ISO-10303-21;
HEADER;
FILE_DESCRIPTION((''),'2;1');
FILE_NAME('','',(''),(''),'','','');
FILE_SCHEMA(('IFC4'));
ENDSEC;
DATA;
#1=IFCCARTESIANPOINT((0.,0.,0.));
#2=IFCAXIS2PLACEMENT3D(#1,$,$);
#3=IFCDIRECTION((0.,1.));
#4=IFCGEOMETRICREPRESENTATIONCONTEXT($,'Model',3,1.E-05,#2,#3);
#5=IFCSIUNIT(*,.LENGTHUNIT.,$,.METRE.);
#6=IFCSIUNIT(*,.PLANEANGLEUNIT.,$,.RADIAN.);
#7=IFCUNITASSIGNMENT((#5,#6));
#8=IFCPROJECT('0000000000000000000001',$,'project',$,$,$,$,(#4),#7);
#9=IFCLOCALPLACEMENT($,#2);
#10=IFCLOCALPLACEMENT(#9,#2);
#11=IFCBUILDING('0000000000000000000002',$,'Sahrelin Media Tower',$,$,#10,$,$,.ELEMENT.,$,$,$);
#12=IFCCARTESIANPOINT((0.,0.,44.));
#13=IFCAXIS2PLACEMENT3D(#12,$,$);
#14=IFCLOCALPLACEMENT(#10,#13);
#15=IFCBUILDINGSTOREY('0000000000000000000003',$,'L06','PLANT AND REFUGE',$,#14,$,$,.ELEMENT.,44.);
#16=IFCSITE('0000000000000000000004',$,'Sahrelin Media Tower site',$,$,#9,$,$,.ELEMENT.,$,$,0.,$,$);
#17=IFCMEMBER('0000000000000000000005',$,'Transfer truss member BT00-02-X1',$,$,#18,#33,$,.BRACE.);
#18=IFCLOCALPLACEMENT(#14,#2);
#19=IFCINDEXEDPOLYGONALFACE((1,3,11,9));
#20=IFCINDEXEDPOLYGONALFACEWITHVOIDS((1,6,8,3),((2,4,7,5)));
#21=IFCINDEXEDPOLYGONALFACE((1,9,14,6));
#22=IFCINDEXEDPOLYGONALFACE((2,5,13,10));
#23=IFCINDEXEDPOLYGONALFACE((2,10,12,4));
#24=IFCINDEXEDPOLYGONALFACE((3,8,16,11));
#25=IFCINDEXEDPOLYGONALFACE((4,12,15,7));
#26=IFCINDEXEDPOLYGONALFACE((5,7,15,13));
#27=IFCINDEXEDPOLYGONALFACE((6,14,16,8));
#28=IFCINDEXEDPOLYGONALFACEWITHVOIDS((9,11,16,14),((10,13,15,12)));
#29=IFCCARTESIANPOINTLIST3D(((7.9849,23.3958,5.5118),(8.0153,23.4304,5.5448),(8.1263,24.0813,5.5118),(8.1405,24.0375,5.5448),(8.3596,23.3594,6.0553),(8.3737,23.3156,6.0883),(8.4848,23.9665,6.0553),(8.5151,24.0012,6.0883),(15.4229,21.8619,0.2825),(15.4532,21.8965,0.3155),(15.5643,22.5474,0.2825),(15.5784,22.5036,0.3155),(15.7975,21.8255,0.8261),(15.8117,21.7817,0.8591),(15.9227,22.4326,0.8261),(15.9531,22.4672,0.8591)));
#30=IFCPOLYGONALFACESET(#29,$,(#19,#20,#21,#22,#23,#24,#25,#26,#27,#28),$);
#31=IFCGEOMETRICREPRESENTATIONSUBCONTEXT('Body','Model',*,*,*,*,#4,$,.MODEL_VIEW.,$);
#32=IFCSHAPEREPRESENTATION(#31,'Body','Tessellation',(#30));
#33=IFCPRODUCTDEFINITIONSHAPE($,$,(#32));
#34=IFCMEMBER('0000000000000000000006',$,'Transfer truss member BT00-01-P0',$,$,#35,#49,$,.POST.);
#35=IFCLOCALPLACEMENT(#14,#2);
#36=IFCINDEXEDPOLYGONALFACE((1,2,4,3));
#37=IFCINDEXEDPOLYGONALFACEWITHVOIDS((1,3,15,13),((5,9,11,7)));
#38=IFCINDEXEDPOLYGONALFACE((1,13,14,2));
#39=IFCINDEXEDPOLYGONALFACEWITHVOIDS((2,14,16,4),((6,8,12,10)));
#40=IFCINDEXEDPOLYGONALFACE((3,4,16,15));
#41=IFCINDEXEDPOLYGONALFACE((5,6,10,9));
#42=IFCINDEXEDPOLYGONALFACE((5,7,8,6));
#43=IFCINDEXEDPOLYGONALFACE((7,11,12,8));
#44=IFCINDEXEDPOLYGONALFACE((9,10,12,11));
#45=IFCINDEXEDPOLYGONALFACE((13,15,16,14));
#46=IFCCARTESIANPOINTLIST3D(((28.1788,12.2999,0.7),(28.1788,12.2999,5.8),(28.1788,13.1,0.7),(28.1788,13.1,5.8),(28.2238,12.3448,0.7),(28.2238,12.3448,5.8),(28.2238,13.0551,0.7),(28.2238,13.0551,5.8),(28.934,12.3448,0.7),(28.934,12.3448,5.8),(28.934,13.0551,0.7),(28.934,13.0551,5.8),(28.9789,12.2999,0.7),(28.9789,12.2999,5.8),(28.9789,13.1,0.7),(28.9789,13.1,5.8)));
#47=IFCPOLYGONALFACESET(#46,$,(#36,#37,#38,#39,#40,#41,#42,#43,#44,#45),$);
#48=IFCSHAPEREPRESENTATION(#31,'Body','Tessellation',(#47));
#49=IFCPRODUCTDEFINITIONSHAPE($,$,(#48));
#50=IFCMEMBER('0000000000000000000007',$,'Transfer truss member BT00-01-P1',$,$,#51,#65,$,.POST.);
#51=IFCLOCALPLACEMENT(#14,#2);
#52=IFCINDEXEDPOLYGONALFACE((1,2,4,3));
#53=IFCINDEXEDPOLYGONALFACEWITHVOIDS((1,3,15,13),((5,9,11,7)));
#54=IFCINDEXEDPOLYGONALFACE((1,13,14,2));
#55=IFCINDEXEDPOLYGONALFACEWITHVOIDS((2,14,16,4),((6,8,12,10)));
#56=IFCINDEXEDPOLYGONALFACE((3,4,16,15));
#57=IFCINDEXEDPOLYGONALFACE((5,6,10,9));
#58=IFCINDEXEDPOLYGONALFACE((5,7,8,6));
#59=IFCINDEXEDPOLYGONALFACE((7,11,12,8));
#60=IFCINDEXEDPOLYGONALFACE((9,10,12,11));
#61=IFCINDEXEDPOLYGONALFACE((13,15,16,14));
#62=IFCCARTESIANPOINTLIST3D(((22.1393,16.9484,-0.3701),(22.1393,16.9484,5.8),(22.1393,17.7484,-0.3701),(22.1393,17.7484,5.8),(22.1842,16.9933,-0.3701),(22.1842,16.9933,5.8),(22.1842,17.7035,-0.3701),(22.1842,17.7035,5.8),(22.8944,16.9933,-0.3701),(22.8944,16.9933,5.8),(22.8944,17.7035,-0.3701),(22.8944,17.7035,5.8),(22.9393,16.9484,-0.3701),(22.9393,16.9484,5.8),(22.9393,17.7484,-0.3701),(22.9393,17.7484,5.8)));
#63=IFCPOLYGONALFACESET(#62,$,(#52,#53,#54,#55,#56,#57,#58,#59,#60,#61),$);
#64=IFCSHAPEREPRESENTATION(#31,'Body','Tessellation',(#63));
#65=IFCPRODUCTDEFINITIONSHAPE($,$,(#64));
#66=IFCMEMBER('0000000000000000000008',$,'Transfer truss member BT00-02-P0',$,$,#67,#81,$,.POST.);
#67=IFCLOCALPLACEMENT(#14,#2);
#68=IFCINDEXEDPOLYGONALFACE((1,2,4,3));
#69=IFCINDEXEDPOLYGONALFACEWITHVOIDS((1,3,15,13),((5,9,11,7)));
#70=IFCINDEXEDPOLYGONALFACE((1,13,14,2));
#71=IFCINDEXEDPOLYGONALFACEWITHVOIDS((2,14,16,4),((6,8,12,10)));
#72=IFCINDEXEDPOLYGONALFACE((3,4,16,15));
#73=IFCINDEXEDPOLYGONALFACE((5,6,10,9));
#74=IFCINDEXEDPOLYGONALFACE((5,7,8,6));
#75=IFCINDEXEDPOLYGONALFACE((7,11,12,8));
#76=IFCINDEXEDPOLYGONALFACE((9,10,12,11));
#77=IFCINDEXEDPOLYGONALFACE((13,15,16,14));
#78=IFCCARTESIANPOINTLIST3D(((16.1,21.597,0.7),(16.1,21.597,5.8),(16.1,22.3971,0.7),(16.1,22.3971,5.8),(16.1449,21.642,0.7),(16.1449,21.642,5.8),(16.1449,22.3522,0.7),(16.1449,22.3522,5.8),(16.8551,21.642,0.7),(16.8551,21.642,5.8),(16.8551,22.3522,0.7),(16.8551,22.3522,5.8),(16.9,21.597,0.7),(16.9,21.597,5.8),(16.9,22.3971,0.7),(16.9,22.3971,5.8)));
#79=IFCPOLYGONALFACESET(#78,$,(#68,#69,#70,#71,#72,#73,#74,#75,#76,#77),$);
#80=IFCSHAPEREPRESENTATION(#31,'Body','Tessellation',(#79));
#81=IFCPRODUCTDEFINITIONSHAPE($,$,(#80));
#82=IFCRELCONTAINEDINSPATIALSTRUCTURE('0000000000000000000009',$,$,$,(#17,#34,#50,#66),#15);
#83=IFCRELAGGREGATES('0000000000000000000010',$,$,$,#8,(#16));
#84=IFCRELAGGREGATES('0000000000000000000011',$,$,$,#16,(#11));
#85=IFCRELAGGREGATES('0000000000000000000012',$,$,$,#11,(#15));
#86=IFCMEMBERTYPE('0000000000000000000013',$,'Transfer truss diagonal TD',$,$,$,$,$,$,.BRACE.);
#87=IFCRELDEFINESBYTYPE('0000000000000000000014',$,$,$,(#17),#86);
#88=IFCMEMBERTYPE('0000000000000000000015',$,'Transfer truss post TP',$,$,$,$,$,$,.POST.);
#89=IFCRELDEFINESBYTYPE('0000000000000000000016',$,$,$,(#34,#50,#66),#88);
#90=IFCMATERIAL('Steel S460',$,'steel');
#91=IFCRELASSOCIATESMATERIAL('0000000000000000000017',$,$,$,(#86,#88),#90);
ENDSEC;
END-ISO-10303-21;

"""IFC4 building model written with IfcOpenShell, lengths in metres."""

from ifc_helpers import new_model, si_unit, direction, frame, origin, origin_2d, place, context, subcontext, project, spatial, hollow_rectangle, extrude, material, material_profile, profile_set, type_object, element, save


model = new_model("IFC4")

# Units and contexts
model_context = context("Model", 3, precision=1e-05, world=origin(), true_north=direction((0.0, 1.0)))
body_context = subcontext(model_context, "Body", "Model", "MODEL_VIEW")
ifc_project = project(units=[si_unit("LENGTHUNIT", "METRE"), si_unit("PLANEANGLEUNIT", "RADIAN")], contexts=[model_context])

# Site, building, storey
site_placement = place(None, origin())
site = spatial("IfcSite", under=ifc_project, at=site_placement, Name="Sahrelin Media Tower site", CompositionType="ELEMENT", RefElevation=0.0)
building_placement = place(site_placement, origin())
building = spatial("IfcBuilding", under=site, at=building_placement, Name="Sahrelin Media Tower", CompositionType="ELEMENT")
storey_placement = place(building_placement, frame((0.0, 0.0, 44.0)))
storey = spatial("IfcBuildingStorey", under=building, at=storey_placement, Name="L06", Description="PLANT AND REFUGE", CompositionType="ELEMENT", Elevation=44.0)

# Shared definitions
ifc_material_1 = material(Name="Steel S460", Category="steel")

# Members
ifc_material_profile_1 = material_profile(ifc_material_1, hollow_rectangle(XDim=0.7, YDim=0.7, WallThickness=0.04, at=origin_2d()), Name="Transfer truss diagonal TD")
ifc_profile_set_1 = profile_set([ifc_material_profile_1], Name="Steel S460")
member_type_1 = type_object("IfcMemberType", Name="Transfer truss diagonal TD", PredefinedType="BRACE", material=ifc_profile_set_1)
member_1_placement = place(storey_placement, frame((15.688, 22.1646, 0.5708), z_axis=(-0.80666, 0.166357, 0.567119), x_axis=(-0.201979, -0.97939, 0.0)))
element("IfcMember", 1, at=member_1_placement, inside=storey, type_object=member_type_1, Name="Transfer truss member BT00-02-X1", PredefinedType="BRACE", context=body_context, shape_type="SweptSolid", body=[
    extrude(hollow_rectangle(XDim=0.7, YDim=0.7, WallThickness=0.04, at=origin_2d()), origin(), (0.0, 0.0, 1.0), 9.2207),
])
ifc_material_profile_2 = material_profile(ifc_material_1, hollow_rectangle(XDim=0.8, YDim=0.8, WallThickness=0.0449, at=origin_2d()), Name="Transfer truss post TP")
ifc_profile_set_2 = profile_set([ifc_material_profile_2], Name="Steel S460")
member_type_2 = type_object("IfcMemberType", Name="Transfer truss post TP", PredefinedType="POST", material=ifc_profile_set_2)
member_2_placement = place(storey_placement, frame((28.5789, 12.7, 0.7), z_axis=(0.0, 0.0, 1.0), x_axis=(1.0, 0.0, 0.0)))
element("IfcMember", 2, at=member_2_placement, inside=storey, type_object=member_type_2, Name="Transfer truss member BT00-01-P0", PredefinedType="POST", context=body_context, shape_type="SweptSolid", body=[
    extrude(hollow_rectangle(XDim=0.8, YDim=0.8, WallThickness=0.0449, at=origin_2d()), origin(), (0.0, 0.0, 1.0), 5.1001),
])
member_3_placement = place(storey_placement, frame((22.5393, 17.3484, -0.3701), z_axis=(0.0, 0.0, 1.0), x_axis=(1.0, 0.0, 0.0)))
element("IfcMember", 3, at=member_3_placement, inside=storey, type_object=member_type_2, Name="Transfer truss member BT00-01-P1", PredefinedType="POST", context=body_context, shape_type="SweptSolid", body=[
    extrude(hollow_rectangle(XDim=0.8, YDim=0.8, WallThickness=0.0449, at=origin_2d()), origin(), (0.0, 0.0, 1.0), 6.1702),
])
member_4_placement = place(storey_placement, frame((16.5, 21.9971, 0.7), z_axis=(0.0, 0.0, 1.0), x_axis=(1.0, 0.0, 0.0)))
element("IfcMember", 4, at=member_4_placement, inside=storey, type_object=member_type_2, Name="Transfer truss member BT00-02-P0", PredefinedType="POST", context=body_context, shape_type="SweptSolid", body=[
    extrude(hollow_rectangle(XDim=0.8, YDim=0.8, WallThickness=0.0449, at=origin_2d()), origin(), (0.0, 0.0, 1.0), 5.1001),
])

save(model, "model.ifc")
